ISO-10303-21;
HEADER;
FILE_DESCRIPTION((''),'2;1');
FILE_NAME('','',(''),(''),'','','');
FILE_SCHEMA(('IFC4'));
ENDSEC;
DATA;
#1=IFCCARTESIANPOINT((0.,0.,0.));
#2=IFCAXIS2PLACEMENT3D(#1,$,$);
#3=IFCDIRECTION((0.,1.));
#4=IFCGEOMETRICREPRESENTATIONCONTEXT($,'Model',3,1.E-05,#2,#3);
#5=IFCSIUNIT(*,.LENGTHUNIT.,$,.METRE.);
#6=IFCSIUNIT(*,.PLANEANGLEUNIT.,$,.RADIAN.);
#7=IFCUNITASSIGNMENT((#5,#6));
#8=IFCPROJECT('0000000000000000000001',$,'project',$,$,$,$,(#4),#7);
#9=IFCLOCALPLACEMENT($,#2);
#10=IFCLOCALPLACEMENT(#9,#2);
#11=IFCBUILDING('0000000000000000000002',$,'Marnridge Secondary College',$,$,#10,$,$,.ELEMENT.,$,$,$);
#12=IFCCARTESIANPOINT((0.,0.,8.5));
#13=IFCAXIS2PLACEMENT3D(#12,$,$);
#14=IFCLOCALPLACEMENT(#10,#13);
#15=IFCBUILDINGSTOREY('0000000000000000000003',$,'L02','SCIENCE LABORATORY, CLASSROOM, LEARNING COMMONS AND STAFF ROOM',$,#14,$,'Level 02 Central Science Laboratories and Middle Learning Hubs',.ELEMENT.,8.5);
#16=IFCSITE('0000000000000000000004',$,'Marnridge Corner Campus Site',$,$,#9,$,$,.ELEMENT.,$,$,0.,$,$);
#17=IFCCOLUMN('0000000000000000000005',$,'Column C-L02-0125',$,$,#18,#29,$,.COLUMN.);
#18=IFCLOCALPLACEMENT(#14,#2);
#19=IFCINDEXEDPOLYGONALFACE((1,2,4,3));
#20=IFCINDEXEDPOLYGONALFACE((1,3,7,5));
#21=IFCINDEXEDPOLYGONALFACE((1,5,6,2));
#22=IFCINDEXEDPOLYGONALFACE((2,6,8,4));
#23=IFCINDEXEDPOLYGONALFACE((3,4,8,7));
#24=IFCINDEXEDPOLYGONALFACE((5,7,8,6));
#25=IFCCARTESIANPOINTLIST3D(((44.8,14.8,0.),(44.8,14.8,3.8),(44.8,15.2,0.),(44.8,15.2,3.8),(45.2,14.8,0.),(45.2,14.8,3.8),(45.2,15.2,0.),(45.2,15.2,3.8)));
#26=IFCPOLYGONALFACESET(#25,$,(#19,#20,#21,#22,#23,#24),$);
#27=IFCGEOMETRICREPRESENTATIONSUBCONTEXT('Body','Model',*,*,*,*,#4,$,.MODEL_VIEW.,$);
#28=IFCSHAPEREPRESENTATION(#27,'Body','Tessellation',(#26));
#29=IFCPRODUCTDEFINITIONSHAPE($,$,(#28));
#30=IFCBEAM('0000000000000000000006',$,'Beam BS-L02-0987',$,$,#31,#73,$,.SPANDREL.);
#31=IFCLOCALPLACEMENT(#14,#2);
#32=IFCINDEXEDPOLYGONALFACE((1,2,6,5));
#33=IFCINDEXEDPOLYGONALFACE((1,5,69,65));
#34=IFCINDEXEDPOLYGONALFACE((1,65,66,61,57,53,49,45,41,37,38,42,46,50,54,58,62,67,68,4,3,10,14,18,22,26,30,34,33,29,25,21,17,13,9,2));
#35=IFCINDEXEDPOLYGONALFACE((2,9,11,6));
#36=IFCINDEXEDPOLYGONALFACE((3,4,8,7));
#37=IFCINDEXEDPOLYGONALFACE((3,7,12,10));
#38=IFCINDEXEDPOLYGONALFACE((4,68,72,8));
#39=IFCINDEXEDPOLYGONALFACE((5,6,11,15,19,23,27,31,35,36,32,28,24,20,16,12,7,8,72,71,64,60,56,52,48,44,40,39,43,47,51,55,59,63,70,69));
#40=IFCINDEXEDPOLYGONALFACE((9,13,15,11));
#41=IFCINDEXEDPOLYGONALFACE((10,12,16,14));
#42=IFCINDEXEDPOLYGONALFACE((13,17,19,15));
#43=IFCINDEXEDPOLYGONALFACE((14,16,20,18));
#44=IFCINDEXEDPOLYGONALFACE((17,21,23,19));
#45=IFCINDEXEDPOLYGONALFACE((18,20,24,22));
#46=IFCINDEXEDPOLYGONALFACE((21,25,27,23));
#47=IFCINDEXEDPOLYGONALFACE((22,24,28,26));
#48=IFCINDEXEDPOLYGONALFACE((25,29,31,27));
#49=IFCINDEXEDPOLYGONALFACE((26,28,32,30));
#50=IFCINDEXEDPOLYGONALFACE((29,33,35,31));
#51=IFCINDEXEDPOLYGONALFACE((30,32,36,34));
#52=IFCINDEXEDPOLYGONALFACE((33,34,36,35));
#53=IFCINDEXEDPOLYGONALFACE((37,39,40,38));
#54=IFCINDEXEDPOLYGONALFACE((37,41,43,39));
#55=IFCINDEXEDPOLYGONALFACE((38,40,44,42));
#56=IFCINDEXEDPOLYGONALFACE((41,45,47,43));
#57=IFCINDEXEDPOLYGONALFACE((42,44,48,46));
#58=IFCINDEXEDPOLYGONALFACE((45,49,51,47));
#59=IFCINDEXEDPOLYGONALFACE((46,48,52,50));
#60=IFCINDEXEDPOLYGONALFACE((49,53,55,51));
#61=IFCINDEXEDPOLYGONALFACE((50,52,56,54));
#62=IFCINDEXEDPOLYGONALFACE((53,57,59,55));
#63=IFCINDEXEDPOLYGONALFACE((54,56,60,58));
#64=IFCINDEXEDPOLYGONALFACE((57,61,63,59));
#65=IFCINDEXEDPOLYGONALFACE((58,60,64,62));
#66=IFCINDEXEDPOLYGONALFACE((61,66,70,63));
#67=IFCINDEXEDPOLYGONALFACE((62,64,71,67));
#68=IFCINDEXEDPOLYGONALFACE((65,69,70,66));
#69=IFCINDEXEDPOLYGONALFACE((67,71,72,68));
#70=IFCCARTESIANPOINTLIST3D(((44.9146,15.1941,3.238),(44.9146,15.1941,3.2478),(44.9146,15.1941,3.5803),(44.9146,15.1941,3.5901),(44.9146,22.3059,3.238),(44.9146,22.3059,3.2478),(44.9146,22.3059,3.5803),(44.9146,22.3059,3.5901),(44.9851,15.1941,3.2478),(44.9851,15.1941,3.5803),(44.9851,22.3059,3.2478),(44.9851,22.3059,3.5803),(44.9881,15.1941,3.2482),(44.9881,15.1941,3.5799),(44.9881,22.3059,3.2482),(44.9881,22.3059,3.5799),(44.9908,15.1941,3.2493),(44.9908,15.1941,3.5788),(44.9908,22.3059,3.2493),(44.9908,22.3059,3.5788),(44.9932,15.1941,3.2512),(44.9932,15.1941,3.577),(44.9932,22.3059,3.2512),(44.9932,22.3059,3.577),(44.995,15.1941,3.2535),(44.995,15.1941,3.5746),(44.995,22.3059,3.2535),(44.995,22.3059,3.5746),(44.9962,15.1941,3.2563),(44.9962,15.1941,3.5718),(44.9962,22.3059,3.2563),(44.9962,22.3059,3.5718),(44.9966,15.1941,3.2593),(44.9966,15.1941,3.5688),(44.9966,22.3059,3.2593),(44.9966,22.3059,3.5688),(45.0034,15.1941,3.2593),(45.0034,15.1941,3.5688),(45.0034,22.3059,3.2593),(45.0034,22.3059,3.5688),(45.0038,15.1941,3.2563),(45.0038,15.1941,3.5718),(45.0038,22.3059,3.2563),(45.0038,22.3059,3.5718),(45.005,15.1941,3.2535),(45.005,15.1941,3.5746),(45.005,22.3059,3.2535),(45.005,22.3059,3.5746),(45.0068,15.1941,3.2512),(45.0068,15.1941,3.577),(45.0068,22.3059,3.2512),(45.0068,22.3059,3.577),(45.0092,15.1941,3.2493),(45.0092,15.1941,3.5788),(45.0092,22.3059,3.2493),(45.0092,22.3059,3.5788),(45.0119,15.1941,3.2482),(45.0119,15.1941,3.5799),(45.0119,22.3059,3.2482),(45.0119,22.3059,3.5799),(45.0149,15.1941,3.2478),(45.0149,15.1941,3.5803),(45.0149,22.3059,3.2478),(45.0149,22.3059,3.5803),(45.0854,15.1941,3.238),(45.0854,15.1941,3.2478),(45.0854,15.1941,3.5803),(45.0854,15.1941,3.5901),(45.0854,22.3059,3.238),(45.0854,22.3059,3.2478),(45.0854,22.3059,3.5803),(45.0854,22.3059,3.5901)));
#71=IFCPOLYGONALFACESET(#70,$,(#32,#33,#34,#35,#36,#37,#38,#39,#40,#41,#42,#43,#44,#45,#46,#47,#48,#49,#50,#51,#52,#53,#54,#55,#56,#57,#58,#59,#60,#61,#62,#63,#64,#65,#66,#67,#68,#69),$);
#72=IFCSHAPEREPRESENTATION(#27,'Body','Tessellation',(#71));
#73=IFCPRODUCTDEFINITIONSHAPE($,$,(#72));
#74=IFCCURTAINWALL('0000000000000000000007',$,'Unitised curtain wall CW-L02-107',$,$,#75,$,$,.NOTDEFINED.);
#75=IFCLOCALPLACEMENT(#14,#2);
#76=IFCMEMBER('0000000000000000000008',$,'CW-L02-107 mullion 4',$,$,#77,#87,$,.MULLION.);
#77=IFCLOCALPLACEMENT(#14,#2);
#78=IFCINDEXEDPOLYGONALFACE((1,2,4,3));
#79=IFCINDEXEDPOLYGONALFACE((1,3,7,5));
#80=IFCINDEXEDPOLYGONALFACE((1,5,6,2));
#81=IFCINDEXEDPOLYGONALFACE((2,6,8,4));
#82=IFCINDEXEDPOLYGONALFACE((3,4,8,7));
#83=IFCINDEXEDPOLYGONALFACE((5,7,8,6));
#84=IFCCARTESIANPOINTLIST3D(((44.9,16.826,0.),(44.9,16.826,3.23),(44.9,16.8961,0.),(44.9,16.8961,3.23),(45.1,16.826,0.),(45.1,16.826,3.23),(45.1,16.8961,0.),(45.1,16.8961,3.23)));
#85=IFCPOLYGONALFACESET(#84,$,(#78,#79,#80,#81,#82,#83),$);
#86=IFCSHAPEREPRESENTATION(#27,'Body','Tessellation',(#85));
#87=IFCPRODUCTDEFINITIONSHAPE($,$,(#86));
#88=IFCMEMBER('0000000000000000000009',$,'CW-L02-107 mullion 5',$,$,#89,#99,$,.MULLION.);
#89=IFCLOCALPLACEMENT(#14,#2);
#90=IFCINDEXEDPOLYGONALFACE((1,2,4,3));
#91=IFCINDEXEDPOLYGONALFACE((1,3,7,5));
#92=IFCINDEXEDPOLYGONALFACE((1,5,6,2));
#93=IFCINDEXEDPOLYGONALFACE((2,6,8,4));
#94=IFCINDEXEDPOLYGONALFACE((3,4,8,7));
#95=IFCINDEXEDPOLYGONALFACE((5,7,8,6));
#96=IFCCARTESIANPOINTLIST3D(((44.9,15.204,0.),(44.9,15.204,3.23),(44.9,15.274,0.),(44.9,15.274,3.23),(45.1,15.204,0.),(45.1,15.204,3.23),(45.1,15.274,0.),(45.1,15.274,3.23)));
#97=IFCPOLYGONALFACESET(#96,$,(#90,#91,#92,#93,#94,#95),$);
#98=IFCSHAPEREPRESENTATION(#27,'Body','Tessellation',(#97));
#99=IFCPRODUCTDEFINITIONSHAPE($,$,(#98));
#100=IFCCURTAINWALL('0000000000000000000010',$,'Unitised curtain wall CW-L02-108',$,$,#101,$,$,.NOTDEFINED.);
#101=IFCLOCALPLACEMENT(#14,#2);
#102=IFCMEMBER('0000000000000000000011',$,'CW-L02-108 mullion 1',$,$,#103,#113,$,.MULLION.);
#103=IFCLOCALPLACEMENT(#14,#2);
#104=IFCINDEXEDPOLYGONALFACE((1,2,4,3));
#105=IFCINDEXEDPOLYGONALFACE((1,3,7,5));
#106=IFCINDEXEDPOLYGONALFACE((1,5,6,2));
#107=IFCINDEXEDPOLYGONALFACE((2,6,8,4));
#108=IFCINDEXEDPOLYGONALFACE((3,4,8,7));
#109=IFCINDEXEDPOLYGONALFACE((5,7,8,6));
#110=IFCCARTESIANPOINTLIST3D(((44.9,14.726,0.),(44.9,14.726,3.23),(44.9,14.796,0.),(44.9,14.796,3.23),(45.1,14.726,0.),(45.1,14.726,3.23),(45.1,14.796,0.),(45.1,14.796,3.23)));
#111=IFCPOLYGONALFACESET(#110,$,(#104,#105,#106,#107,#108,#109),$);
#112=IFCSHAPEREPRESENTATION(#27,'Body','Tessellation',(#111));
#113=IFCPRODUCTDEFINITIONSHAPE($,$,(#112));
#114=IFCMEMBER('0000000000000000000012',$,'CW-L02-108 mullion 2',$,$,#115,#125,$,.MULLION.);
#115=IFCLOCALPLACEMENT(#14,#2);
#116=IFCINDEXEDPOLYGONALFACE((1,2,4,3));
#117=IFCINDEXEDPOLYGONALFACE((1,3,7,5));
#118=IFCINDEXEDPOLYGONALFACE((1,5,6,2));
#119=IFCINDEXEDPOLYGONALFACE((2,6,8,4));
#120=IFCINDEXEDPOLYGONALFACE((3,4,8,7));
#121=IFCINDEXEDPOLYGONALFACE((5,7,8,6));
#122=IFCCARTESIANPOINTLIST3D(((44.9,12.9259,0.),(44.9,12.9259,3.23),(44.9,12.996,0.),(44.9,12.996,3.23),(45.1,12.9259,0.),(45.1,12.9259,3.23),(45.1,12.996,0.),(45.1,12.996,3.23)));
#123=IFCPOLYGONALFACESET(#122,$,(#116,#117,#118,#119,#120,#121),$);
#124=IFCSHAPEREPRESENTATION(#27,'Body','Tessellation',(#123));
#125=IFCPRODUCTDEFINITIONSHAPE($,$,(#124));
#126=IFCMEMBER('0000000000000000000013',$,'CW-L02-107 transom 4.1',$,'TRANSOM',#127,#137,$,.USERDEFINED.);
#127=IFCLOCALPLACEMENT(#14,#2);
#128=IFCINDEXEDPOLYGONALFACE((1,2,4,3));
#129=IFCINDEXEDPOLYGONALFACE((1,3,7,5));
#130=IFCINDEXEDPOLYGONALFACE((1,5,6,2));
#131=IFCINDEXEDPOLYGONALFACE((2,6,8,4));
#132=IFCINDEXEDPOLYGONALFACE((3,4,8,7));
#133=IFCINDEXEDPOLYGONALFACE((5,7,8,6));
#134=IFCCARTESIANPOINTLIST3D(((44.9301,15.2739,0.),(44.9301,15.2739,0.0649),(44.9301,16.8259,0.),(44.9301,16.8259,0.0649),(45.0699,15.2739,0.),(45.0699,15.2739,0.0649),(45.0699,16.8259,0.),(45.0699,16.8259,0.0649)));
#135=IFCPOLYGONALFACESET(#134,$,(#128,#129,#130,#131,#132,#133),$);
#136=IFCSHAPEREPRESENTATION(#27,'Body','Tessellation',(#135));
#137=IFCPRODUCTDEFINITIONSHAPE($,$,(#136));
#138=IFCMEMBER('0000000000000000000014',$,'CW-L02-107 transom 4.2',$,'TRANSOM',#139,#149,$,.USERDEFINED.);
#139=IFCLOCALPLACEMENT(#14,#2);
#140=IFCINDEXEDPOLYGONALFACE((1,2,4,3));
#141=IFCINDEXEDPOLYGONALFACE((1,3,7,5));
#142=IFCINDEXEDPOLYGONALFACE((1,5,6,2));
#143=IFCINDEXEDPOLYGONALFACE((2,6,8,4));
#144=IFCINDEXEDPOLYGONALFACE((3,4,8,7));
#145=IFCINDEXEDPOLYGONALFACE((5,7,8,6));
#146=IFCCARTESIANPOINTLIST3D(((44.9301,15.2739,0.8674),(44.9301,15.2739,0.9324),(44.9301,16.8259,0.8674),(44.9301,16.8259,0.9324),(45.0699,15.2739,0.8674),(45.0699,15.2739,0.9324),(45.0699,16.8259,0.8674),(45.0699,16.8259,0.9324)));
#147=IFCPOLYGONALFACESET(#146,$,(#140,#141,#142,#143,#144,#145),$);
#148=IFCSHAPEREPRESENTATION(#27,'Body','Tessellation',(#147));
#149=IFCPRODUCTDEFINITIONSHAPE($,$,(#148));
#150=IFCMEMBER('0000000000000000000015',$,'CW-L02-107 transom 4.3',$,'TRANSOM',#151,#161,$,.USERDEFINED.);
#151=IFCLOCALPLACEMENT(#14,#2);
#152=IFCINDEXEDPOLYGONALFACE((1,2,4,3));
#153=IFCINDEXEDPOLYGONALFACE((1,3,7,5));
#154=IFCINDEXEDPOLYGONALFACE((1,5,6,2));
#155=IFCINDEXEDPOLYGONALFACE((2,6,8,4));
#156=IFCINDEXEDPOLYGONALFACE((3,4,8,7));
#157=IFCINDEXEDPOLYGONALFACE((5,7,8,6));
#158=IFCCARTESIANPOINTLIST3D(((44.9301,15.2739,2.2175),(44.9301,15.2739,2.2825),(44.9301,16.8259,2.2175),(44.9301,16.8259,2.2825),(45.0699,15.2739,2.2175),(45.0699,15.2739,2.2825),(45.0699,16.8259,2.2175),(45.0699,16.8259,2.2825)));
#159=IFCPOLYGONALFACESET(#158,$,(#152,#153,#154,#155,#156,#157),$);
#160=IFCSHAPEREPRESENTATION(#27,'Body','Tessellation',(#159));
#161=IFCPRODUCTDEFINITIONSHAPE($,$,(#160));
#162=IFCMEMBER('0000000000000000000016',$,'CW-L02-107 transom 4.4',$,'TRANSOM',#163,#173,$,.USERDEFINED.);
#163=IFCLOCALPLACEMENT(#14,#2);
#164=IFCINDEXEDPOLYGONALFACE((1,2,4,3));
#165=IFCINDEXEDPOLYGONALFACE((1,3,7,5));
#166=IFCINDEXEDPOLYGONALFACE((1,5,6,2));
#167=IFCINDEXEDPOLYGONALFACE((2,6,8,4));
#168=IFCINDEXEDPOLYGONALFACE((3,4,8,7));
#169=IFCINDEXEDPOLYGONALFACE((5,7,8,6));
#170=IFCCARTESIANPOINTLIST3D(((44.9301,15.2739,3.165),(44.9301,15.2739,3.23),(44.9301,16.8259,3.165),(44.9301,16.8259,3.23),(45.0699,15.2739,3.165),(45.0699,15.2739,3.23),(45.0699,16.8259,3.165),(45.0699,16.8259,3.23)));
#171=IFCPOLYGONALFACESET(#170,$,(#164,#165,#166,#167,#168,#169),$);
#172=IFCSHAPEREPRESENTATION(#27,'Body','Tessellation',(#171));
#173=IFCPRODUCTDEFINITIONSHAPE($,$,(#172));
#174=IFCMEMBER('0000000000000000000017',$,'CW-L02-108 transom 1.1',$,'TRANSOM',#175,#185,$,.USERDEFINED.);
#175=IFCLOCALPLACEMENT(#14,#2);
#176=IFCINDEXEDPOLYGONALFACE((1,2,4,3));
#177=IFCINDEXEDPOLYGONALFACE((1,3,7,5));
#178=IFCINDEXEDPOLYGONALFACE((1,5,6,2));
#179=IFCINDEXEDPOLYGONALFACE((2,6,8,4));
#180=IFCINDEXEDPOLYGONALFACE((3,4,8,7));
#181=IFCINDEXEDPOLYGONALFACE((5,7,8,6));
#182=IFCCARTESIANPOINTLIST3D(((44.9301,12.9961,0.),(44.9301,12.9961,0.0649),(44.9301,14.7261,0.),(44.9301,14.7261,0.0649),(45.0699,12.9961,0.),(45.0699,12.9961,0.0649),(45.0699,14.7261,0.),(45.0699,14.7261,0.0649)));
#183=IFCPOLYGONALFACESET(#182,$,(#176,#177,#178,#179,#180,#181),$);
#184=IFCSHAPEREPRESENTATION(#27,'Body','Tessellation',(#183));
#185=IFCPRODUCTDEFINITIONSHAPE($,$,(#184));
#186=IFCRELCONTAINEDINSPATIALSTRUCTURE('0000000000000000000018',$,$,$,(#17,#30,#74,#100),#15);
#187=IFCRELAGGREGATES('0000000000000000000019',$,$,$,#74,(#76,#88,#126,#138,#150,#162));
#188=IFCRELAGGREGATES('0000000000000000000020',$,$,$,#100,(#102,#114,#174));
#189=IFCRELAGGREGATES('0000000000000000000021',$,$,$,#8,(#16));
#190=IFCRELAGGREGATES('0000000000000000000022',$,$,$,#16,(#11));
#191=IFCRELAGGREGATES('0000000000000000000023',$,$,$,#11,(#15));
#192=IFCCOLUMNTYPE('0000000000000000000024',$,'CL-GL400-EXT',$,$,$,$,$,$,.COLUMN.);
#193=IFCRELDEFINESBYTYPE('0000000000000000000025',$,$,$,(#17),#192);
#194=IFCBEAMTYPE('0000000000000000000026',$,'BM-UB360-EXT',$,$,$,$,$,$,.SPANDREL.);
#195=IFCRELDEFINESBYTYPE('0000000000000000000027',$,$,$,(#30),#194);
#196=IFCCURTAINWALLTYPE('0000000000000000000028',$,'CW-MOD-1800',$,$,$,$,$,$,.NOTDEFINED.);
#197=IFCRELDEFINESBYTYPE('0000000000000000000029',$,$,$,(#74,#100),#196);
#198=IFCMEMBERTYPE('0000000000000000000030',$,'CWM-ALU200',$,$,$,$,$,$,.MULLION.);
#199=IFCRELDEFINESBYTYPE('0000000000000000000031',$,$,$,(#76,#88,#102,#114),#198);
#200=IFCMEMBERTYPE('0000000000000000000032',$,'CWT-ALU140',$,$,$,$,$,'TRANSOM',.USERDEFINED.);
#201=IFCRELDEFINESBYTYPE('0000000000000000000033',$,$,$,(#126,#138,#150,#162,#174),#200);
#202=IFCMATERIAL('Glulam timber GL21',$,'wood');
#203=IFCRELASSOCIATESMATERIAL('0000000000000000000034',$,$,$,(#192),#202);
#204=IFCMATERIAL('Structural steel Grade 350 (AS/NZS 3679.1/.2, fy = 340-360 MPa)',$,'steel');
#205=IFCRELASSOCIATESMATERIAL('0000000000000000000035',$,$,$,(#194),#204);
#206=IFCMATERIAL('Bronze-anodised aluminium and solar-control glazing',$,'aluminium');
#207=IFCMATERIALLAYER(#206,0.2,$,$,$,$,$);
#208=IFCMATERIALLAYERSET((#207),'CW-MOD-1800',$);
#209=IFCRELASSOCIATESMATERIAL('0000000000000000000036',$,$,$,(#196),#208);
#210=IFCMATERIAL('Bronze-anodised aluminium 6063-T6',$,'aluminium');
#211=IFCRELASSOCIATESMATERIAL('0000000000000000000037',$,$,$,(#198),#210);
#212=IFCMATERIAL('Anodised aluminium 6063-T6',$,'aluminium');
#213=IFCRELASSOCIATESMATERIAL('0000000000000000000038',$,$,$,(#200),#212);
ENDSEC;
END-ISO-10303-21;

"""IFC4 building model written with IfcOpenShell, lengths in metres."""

from ifc_helpers import new_model, si_unit, direction, frame, origin, origin_2d, place, context, subcontext, project, spatial, rectangle, i_section, extrude, material, layer, layer_set, material_profile, profile_set, type_object, element, aggregate, save


model = new_model("IFC4")

# Units and contexts
model_context = context("Model", 3, precision=1e-05, world=origin(), true_north=direction((0.0, 1.0)))
body_context = subcontext(model_context, "Body", "Model", "MODEL_VIEW")
ifc_project = project(units=[si_unit("LENGTHUNIT", "METRE"), si_unit("PLANEANGLEUNIT", "RADIAN")], contexts=[model_context])

# Site, building, storey
site_placement = place(None, origin())
site = spatial("IfcSite", under=ifc_project, at=site_placement, Name="Marnridge Corner Campus Site", CompositionType="ELEMENT", RefElevation=0.0)
building_placement = place(site_placement, origin())
building = spatial("IfcBuilding", under=site, at=building_placement, Name="Marnridge Secondary College", CompositionType="ELEMENT")
storey_placement = place(building_placement, frame((0.0, 0.0, 8.5)))
storey = spatial("IfcBuildingStorey", under=building, at=storey_placement, Name="L02", Description="SCIENCE LABORATORY, CLASSROOM, LEARNING COMMONS AND STAFF ROOM", LongName="Level 02 Central Science Laboratories and Middle Learning Hubs", CompositionType="ELEMENT", Elevation=8.5)

# Column
ifc_material_1 = material(Name="Glulam timber GL21", Category="wood")
ifc_material_profile_1 = material_profile(ifc_material_1, rectangle(XDim=0.3999, YDim=0.3999, at=origin_2d()), Name="GL21 400x400")
ifc_profile_set_1 = profile_set([ifc_material_profile_1], Name="Glulam timber GL21")
column_type = type_object("IfcColumnType", Name="CL-GL400-EXT", PredefinedType="COLUMN", material=ifc_profile_set_1)
column_placement = place(storey_placement, frame((45.0, 15.0, 0.0), z_axis=(0.0, 0.0, 1.0), x_axis=(1.0, 0.0, 0.0)))
element("IfcColumn", 1, at=column_placement, inside=storey, type_object=column_type, Name="Column C-L02-0125", PredefinedType="COLUMN", context=body_context, shape_type="SweptSolid", body=[
    extrude(rectangle(XDim=0.3999, YDim=0.3999, at=origin_2d()), origin(), (0.0, 0.0, 1.0), 3.8),
])

# Beam
ifc_material_2 = material(Name="Structural steel Grade 350 (AS/NZS 3679.1/.2, fy = 340-360 MPa)", Category="steel")
ifc_material_profile_2 = material_profile(ifc_material_2, i_section(OverallWidth=0.1709, OverallDepth=0.3521, WebThickness=0.0068, FlangeThickness=0.0098, FilletRadius=0.0115, at=origin_2d()), Name="360UB44.7")
ifc_profile_set_2 = profile_set([ifc_material_profile_2], Name="Structural steel Grade 350 (AS/NZS 3679.1/.2, fy = 340-360 MPa)")
beam_type = type_object("IfcBeamType", Name="BM-UB360-EXT", PredefinedType="SPANDREL", material=ifc_profile_set_2)
beam_placement = place(storey_placement, frame((45.0, 15.1941, 3.4141), z_axis=(0.0, 1.0, 0.0), x_axis=(-1.0, 0.0, 0.0)))
element("IfcBeam", 2, at=beam_placement, inside=storey, type_object=beam_type, Name="Beam BS-L02-0987", PredefinedType="SPANDREL", context=body_context, shape_type="SweptSolid", body=[
    extrude(i_section(OverallWidth=0.1709, OverallDepth=0.3521, WebThickness=0.0068, FlangeThickness=0.0098, FilletRadius=0.0115, at=origin_2d()), origin(), (0.0, 0.0, 1.0), 7.1118),
])

# Curtain walls, members
ifc_material_3 = material(Name="Bronze-anodised aluminium and solar-control glazing", Category="aluminium")
ifc_layer_1 = layer(ifc_material_3, 0.2)
ifc_layer_set_1 = layer_set([ifc_layer_1], Name="CW-MOD-1800")
curtain_wall_type = type_object("IfcCurtainWallType", Name="CW-MOD-1800", PredefinedType="NOTDEFINED", material=ifc_layer_set_1)
curtain_wall_1_placement = place(storey_placement, origin())
curtain_wall_1 = element("IfcCurtainWall", 3, at=curtain_wall_1_placement, inside=storey, type_object=curtain_wall_type, Name="Unitised curtain wall CW-L02-107", PredefinedType="NOTDEFINED")
ifc_material_4 = material(Name="Bronze-anodised aluminium 6063-T6", Category="aluminium")
ifc_material_profile_3 = material_profile(ifc_material_4, rectangle(XDim=0.0701, YDim=0.2, at=origin_2d()), Name="ALU 70x200")
ifc_profile_set_3 = profile_set([ifc_material_profile_3], Name="Bronze-anodised aluminium 6063-T6")
member_type_1 = type_object("IfcMemberType", Name="CWM-ALU200", PredefinedType="MULLION", material=ifc_profile_set_3)
member_1_placement = place(storey_placement, frame((45.0, 16.8611, 0.0), z_axis=(0.0, 0.0, 1.0), x_axis=(0.0, -1.0, 0.0)))
member_1 = element("IfcMember", 4, at=member_1_placement, type_object=member_type_1, Name="CW-L02-107 mullion 4", PredefinedType="MULLION", context=body_context, shape_type="SweptSolid", body=[
    extrude(rectangle(XDim=0.0701, YDim=0.2, at=origin_2d()), origin(), (0.0, 0.0, 1.0), 3.23),
])
member_2_placement = place(storey_placement, frame((45.0, 15.239, 0.0), z_axis=(0.0, 0.0, 1.0), x_axis=(0.0, -1.0, 0.0)))
member_2 = element("IfcMember", 5, at=member_2_placement, type_object=member_type_1, Name="CW-L02-107 mullion 5", PredefinedType="MULLION", context=body_context, shape_type="SweptSolid", body=[
    extrude(rectangle(XDim=0.0701, YDim=0.2, at=origin_2d()), origin(), (0.0, 0.0, 1.0), 3.23),
])
curtain_wall_2_placement = place(storey_placement, origin())
curtain_wall_2 = element("IfcCurtainWall", 6, at=curtain_wall_2_placement, inside=storey, type_object=curtain_wall_type, Name="Unitised curtain wall CW-L02-108", PredefinedType="NOTDEFINED")
member_3_placement = place(storey_placement, frame((45.0, 14.761, 0.0), z_axis=(0.0, 0.0, 1.0), x_axis=(0.0, -1.0, 0.0)))
member_3 = element("IfcMember", 7, at=member_3_placement, type_object=member_type_1, Name="CW-L02-108 mullion 1", PredefinedType="MULLION", context=body_context, shape_type="SweptSolid", body=[
    extrude(rectangle(XDim=0.0701, YDim=0.2, at=origin_2d()), origin(), (0.0, 0.0, 1.0), 3.23),
])
member_4_placement = place(storey_placement, frame((45.0, 12.9609, 0.0), z_axis=(0.0, 0.0, 1.0), x_axis=(0.0, -1.0, 0.0)))
member_4 = element("IfcMember", 8, at=member_4_placement, type_object=member_type_1, Name="CW-L02-108 mullion 2", PredefinedType="MULLION", context=body_context, shape_type="SweptSolid", body=[
    extrude(rectangle(XDim=0.0701, YDim=0.2, at=origin_2d()), origin(), (0.0, 0.0, 1.0), 3.23),
])

# Members
ifc_material_5 = material(Name="Anodised aluminium 6063-T6", Category="aluminium")
ifc_material_profile_4 = material_profile(ifc_material_5, rectangle(XDim=0.0649, YDim=0.1399, at=origin_2d()), Name="ALU 65x140")
ifc_profile_set_4 = profile_set([ifc_material_profile_4], Name="Anodised aluminium 6063-T6")
member_type_2 = type_object("IfcMemberType", Name="CWT-ALU140", ElementType="TRANSOM", PredefinedType="USERDEFINED", material=ifc_profile_set_4)
member_5_placement = place(storey_placement, frame((45.0, 16.8259, 0.0325), z_axis=(0.0, -1.0, 0.0), x_axis=(0.0, 0.0, 1.0)))
member_5 = element("IfcMember", 9, at=member_5_placement, type_object=member_type_2, Name="CW-L02-107 transom 4.1", ObjectType="TRANSOM", PredefinedType="USERDEFINED", context=body_context, shape_type="SweptSolid", body=[
    extrude(rectangle(XDim=0.0649, YDim=0.1399, at=origin_2d()), origin(), (0.0, 0.0, 1.0), 1.552),
])
member_6_placement = place(storey_placement, frame((45.0, 16.8259, 0.8999), z_axis=(0.0, -1.0, 0.0), x_axis=(0.0, 0.0, 1.0)))
member_6 = element("IfcMember", 10, at=member_6_placement, type_object=member_type_2, Name="CW-L02-107 transom 4.2", ObjectType="TRANSOM", PredefinedType="USERDEFINED", context=body_context, shape_type="SweptSolid", body=[
    extrude(rectangle(XDim=0.0649, YDim=0.1399, at=origin_2d()), origin(), (0.0, 0.0, 1.0), 1.552),
])
member_7_placement = place(storey_placement, frame((45.0, 16.8259, 2.25), z_axis=(0.0, -1.0, 0.0), x_axis=(0.0, 0.0, 1.0)))
member_7 = element("IfcMember", 11, at=member_7_placement, type_object=member_type_2, Name="CW-L02-107 transom 4.3", ObjectType="TRANSOM", PredefinedType="USERDEFINED", context=body_context, shape_type="SweptSolid", body=[
    extrude(rectangle(XDim=0.0649, YDim=0.1399, at=origin_2d()), origin(), (0.0, 0.0, 1.0), 1.552),
])
member_8_placement = place(storey_placement, frame((45.0, 16.8259, 3.1975), z_axis=(0.0, -1.0, 0.0), x_axis=(0.0, 0.0, 1.0)))
member_8 = element("IfcMember", 12, at=member_8_placement, type_object=member_type_2, Name="CW-L02-107 transom 4.4", ObjectType="TRANSOM", PredefinedType="USERDEFINED", context=body_context, shape_type="SweptSolid", body=[
    extrude(rectangle(XDim=0.0649, YDim=0.1399, at=origin_2d()), origin(), (0.0, 0.0, 1.0), 1.552),
])
member_9_placement = place(storey_placement, frame((45.0, 14.7261, 0.0325), z_axis=(0.0, -1.0, 0.0), x_axis=(0.0, 0.0, 1.0)))
member_9 = element("IfcMember", 13, at=member_9_placement, type_object=member_type_2, Name="CW-L02-108 transom 1.1", ObjectType="TRANSOM", PredefinedType="USERDEFINED", context=body_context, shape_type="SweptSolid", body=[
    extrude(rectangle(XDim=0.0649, YDim=0.1399, at=origin_2d()), origin(), (0.0, 0.0, 1.0), 1.73),
])

aggregate(curtain_wall_1, [member_1, member_2, member_5, member_6, member_7, member_8])
aggregate(curtain_wall_2, [member_3, member_4, member_9])

save(model, "model.ifc")
